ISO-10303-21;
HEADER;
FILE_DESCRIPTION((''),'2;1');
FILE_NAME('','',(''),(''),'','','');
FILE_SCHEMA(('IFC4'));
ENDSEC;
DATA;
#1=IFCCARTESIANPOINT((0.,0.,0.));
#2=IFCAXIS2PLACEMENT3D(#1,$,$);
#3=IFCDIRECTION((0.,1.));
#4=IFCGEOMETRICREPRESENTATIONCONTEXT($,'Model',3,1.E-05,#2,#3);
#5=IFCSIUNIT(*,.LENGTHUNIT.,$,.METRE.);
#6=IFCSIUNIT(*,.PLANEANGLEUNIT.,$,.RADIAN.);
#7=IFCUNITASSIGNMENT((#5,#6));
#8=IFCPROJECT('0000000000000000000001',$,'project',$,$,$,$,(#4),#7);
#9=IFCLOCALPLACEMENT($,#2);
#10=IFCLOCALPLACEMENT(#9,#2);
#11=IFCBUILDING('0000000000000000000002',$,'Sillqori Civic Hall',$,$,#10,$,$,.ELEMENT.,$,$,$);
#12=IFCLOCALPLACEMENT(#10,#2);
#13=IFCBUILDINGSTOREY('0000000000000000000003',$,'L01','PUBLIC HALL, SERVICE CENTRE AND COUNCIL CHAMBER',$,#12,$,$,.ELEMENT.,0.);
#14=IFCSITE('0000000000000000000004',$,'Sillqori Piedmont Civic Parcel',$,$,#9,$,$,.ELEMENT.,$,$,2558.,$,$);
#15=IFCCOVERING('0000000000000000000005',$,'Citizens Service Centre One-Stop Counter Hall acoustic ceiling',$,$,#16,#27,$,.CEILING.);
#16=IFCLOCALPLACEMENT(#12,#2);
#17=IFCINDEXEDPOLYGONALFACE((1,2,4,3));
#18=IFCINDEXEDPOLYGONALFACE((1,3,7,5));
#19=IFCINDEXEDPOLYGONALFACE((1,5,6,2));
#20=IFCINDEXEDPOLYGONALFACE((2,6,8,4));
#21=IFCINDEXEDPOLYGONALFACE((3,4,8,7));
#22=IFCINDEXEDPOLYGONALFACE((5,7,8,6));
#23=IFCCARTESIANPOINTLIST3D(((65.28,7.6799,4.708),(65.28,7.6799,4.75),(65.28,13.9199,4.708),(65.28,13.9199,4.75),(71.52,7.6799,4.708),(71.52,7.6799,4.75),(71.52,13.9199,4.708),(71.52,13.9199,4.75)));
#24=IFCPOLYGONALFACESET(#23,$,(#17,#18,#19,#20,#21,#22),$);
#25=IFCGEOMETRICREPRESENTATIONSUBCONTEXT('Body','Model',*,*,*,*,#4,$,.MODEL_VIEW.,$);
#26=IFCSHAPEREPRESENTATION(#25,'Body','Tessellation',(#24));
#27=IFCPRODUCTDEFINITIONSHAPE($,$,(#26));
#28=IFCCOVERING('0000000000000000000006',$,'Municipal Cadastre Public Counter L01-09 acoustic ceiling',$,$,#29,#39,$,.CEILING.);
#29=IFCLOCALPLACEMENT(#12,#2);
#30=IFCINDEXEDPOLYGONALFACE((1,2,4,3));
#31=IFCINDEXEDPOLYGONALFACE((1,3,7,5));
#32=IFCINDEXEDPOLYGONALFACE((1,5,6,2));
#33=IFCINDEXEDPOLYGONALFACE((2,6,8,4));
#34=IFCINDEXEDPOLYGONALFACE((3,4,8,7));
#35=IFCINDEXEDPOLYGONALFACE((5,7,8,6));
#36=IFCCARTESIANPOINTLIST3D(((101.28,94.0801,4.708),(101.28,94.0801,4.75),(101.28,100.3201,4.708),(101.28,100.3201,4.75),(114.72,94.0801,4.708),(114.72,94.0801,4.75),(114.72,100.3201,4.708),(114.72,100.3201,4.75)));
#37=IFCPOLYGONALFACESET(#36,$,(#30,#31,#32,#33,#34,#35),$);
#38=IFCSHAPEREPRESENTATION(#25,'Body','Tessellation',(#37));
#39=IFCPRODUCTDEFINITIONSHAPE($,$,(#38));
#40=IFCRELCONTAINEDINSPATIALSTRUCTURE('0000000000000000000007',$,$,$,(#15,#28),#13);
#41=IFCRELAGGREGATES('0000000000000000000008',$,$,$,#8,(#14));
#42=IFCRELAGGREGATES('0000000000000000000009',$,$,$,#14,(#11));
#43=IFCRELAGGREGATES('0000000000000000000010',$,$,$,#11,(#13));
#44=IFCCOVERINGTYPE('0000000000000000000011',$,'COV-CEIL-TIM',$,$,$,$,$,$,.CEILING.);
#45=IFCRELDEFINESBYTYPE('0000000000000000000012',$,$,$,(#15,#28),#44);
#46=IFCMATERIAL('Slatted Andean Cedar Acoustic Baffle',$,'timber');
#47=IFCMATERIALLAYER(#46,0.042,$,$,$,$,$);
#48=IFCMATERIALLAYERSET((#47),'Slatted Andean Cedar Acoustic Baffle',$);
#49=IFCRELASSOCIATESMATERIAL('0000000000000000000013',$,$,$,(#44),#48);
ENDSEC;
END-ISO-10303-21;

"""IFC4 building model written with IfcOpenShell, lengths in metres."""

from ifc_helpers import new_model, si_unit, direction, frame, origin, place, context, subcontext, project, spatial, polyline, outline, extrude, material, layer, layer_set, type_object, element, save


model = new_model("IFC4")

# Units and contexts
model_context = context("Model", 3, precision=1e-05, world=origin(), true_north=direction((0.0, 1.0)))
body_context = subcontext(model_context, "Body", "Model", "MODEL_VIEW")
ifc_project = project(units=[si_unit("LENGTHUNIT", "METRE"), si_unit("PLANEANGLEUNIT", "RADIAN")], contexts=[model_context])

# Site, building, storey
site_placement = place(None, origin())
site = spatial("IfcSite", under=ifc_project, at=site_placement, Name="Sillqori Piedmont Civic Parcel", CompositionType="ELEMENT", RefElevation=2558.0)
building_placement = place(site_placement, origin())
building = spatial("IfcBuilding", under=site, at=building_placement, Name="Sillqori Civic Hall", CompositionType="ELEMENT")
storey_placement = place(building_placement, origin())
storey = spatial("IfcBuildingStorey", under=building, at=storey_placement, Name="L01", Description="PUBLIC HALL, SERVICE CENTRE AND COUNCIL CHAMBER", CompositionType="ELEMENT", Elevation=0.0)

# Coverings
ifc_material_1 = material(Name="Slatted Andean Cedar Acoustic Baffle", Category="timber")
ifc_layer_1 = layer(ifc_material_1, 0.042)
ifc_layer_set_1 = layer_set([ifc_layer_1], Name="Slatted Andean Cedar Acoustic Baffle")
covering_type_1 = type_object("IfcCoveringType", Name="COV-CEIL-TIM", PredefinedType="CEILING", material=ifc_layer_set_1)
covering_1_placement = place(storey_placement, frame((0.0, 0.0, 4.708)))
element("IfcCovering", 1, at=covering_1_placement, inside=storey, type_object=covering_type_1, Name="Citizens Service Centre One-Stop Counter Hall acoustic ceiling", PredefinedType="CEILING", context=body_context, shape_type="SweptSolid", body=[
    extrude(outline(polyline([(65.28, 7.6799), (71.52, 7.6799), (71.52, 13.9199), (65.28, 13.9199), (65.28, 7.6799)])), origin(), (0.0, 0.0, 1.0), 0.042),
])
covering_2_placement = place(storey_placement, frame((0.0, 0.0, 4.708)))
element("IfcCovering", 2, at=covering_2_placement, inside=storey, type_object=covering_type_1, Name="Municipal Cadastre Public Counter L01-09 acoustic ceiling", PredefinedType="CEILING", context=body_context, shape_type="SweptSolid", body=[
    extrude(outline(polyline([(101.28, 94.0801), (114.72, 94.0801), (114.72, 100.3201), (101.28, 100.3201), (101.28, 94.0801)])), origin(), (0.0, 0.0, 1.0), 0.042),
])

save(model, "model.ifc")
